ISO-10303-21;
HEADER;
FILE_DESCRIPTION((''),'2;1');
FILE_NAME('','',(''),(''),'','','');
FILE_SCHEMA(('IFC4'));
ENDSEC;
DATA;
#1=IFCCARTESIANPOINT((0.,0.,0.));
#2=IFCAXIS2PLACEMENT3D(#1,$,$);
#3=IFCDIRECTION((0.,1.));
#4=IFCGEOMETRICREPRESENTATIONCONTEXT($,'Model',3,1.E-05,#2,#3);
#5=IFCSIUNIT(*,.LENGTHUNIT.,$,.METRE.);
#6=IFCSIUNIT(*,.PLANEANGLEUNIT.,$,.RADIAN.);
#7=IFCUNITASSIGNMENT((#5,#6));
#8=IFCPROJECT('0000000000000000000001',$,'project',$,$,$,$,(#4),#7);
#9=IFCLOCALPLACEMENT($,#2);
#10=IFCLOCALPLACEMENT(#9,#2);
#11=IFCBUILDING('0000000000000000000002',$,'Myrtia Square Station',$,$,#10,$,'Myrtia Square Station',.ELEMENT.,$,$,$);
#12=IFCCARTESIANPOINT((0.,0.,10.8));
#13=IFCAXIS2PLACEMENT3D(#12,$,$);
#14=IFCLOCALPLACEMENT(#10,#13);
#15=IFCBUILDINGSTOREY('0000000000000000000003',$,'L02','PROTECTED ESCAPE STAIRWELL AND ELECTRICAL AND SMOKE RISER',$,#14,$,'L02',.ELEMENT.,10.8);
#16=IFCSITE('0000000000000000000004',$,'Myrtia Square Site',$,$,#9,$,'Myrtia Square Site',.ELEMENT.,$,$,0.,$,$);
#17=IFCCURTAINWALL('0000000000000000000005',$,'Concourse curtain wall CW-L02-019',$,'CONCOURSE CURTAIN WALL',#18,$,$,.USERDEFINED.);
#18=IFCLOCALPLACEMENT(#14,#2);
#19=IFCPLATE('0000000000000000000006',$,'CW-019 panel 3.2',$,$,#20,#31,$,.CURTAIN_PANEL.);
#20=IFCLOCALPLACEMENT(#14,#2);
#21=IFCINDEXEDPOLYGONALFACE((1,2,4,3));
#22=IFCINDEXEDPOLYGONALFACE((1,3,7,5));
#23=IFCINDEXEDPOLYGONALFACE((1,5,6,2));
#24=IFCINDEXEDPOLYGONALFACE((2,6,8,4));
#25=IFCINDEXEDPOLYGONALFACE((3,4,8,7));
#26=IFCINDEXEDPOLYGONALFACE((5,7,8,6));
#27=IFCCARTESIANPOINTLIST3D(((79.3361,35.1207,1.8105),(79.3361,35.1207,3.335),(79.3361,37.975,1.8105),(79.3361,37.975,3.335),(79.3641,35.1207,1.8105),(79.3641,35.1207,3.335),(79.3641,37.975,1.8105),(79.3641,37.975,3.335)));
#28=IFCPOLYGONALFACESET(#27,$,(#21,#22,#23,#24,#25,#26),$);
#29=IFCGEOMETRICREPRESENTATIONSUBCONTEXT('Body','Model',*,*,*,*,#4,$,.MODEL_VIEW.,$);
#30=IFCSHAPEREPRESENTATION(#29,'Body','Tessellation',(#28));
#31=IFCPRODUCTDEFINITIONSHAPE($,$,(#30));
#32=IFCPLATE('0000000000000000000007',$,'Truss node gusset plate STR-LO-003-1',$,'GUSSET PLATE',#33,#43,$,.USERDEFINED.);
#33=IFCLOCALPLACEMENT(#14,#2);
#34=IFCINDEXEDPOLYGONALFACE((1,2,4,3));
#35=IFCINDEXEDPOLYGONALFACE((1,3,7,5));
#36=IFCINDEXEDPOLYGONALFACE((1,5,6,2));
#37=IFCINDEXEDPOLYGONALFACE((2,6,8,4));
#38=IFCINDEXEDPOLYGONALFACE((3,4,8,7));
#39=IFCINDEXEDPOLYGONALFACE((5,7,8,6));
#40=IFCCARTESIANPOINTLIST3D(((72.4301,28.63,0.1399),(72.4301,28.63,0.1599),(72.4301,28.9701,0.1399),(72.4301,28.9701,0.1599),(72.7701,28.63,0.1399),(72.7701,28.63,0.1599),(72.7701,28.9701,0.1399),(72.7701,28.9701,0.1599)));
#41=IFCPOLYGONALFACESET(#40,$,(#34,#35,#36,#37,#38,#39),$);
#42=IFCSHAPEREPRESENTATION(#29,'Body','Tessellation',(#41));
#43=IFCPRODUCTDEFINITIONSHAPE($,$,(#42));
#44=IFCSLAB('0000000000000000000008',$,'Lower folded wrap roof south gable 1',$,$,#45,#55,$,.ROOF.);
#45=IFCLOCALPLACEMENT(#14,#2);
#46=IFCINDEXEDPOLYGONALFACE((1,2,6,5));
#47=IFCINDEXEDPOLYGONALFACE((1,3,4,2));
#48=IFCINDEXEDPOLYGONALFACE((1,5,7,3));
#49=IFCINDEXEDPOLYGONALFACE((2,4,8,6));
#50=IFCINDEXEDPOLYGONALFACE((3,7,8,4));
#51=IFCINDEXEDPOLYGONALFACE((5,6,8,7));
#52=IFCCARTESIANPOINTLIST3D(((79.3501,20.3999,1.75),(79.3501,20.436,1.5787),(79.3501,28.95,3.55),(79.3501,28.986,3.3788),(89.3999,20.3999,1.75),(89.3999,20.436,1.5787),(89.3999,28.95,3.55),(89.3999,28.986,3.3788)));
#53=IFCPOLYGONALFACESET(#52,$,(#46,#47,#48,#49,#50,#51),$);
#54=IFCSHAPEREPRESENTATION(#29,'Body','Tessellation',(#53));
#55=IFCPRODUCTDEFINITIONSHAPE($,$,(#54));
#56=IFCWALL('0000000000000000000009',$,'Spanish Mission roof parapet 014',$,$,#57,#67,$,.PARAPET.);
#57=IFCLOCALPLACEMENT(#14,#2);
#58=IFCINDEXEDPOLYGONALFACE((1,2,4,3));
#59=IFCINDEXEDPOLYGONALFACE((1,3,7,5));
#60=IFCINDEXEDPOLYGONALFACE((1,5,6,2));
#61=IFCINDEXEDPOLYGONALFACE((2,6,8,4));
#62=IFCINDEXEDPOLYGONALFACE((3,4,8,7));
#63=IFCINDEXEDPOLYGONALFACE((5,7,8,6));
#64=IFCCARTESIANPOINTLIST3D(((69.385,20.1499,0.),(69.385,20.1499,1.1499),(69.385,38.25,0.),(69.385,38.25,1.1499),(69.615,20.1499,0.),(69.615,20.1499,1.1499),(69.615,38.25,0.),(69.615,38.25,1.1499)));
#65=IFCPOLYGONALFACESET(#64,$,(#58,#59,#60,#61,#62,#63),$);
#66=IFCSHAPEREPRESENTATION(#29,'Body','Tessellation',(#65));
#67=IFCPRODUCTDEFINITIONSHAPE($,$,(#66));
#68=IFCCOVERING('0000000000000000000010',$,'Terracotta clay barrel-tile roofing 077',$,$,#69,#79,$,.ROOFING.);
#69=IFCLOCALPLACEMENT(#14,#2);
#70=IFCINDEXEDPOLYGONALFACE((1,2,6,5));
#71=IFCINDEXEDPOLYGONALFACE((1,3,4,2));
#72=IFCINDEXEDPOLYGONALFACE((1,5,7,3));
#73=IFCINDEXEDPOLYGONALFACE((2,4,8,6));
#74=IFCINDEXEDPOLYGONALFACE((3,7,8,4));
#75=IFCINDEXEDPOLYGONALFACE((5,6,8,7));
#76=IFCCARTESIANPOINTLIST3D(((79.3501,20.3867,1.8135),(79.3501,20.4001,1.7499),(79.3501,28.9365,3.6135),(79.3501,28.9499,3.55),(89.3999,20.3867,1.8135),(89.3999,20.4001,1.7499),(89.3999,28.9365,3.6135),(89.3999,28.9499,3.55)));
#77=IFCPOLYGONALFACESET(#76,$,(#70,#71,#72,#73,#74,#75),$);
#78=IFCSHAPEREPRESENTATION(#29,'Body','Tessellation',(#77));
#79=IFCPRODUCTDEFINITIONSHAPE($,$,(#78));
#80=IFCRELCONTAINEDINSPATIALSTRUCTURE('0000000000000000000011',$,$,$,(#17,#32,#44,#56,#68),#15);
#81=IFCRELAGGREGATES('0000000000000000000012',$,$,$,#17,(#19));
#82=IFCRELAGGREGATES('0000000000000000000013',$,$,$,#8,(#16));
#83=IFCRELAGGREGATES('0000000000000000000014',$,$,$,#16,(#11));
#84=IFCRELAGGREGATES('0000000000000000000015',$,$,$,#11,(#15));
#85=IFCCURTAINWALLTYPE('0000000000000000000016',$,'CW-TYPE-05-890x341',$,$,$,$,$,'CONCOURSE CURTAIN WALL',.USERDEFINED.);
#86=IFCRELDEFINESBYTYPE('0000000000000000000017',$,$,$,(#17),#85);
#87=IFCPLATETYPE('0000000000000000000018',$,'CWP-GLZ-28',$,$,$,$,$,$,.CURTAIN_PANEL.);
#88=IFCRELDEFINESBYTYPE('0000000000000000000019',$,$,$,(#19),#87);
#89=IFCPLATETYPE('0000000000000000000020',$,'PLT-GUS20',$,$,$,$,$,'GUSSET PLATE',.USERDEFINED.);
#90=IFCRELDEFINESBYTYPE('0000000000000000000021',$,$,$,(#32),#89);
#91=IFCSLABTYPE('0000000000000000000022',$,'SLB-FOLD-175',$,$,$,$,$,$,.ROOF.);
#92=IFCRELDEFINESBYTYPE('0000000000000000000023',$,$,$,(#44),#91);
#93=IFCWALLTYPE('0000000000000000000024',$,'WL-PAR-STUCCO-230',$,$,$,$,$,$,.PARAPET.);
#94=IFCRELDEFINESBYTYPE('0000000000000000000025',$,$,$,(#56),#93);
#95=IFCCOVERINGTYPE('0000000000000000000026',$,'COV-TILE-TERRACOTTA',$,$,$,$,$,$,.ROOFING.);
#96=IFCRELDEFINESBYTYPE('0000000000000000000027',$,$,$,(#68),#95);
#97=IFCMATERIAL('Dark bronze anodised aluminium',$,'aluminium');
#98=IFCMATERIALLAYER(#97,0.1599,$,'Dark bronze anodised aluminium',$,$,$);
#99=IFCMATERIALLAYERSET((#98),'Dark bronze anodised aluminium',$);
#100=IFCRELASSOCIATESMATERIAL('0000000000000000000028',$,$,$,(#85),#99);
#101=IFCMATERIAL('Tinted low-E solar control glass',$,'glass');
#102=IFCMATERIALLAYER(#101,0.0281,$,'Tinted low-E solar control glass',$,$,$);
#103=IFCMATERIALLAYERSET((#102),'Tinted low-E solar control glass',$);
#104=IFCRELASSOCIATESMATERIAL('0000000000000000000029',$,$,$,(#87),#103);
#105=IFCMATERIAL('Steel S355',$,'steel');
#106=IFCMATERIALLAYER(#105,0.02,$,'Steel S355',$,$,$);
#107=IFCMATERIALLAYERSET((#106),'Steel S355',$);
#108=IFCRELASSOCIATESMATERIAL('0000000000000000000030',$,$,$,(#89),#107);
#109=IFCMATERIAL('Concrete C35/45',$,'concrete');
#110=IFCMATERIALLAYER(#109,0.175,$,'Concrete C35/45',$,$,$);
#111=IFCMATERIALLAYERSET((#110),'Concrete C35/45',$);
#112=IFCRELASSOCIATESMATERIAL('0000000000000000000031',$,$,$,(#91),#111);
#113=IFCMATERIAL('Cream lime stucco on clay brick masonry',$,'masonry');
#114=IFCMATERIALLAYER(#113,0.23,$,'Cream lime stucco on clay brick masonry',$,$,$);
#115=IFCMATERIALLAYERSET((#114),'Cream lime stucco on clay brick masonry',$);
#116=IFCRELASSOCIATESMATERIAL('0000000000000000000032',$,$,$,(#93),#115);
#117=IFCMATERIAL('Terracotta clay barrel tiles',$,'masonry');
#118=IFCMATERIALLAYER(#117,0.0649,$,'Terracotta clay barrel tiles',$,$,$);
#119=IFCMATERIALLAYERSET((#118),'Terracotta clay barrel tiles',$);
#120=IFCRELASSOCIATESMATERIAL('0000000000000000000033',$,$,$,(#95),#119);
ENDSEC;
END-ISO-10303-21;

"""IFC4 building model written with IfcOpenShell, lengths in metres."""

from ifc_helpers import new_model, si_unit, direction, frame, frame_2d, origin, origin_2d, place, context, subcontext, project, spatial, polyline, rectangle, outline, extrude, material, layer, layer_set, type_object, element, aggregate, save


model = new_model("IFC4")

# Units and contexts
model_context = context("Model", 3, precision=1e-05, world=origin(), true_north=direction((0.0, 1.0)))
body_context = subcontext(model_context, "Body", "Model", "MODEL_VIEW")
ifc_project = project(units=[si_unit("LENGTHUNIT", "METRE"), si_unit("PLANEANGLEUNIT", "RADIAN")], contexts=[model_context])

# Site, building, storey
site_placement = place(None, origin())
site = spatial("IfcSite", under=ifc_project, at=site_placement, Name="Myrtia Square Site", LongName="Myrtia Square Site", CompositionType="ELEMENT", RefElevation=0.0)
building_placement = place(site_placement, origin())
building = spatial("IfcBuilding", under=site, at=building_placement, Name="Myrtia Square Station", LongName="Myrtia Square Station", CompositionType="ELEMENT")
storey_placement = place(building_placement, frame((0.0, 0.0, 10.8)))
storey = spatial("IfcBuildingStorey", under=building, at=storey_placement, Name="L02", Description="PROTECTED ESCAPE STAIRWELL AND ELECTRICAL AND SMOKE RISER", LongName="L02", CompositionType="ELEMENT", Elevation=10.8)

# Shared definitions
ifc_material_1 = material(Name="Steel S355", Category="steel")

# Curtain wall
ifc_material_2 = material(Name="Dark bronze anodised aluminium", Category="aluminium")
ifc_layer_1 = layer(ifc_material_2, 0.1599, Name="Dark bronze anodised aluminium")
ifc_layer_set_1 = layer_set([ifc_layer_1], Name="Dark bronze anodised aluminium")
curtain_wall_type = type_object("IfcCurtainWallType", Name="CW-TYPE-05-890x341", ElementType="CONCOURSE CURTAIN WALL", PredefinedType="USERDEFINED", material=ifc_layer_set_1)
curtain_wall_placement = place(storey_placement, origin())
curtain_wall = element("IfcCurtainWall", 1, at=curtain_wall_placement, inside=storey, type_object=curtain_wall_type, Name="Concourse curtain wall CW-L02-019", ObjectType="CONCOURSE CURTAIN WALL", PredefinedType="USERDEFINED")

# Plates
ifc_material_3 = material(Name="Tinted low-E solar control glass", Category="glass")
ifc_layer_2 = layer(ifc_material_3, 0.0281, Name="Tinted low-E solar control glass")
ifc_layer_set_2 = layer_set([ifc_layer_2], Name="Tinted low-E solar control glass")
plate_type_1 = type_object("IfcPlateType", Name="CWP-GLZ-28", PredefinedType="CURTAIN_PANEL", material=ifc_layer_set_2)
plate_1_placement = place(storey_placement, frame((79.3501, 36.5479, 1.8105), z_axis=(0.0, 0.0, 1.0), x_axis=(0.0, 1.0, 0.0)))
plate_1 = element("IfcPlate", 2, at=plate_1_placement, type_object=plate_type_1, Name="CW-019 panel 3.2", PredefinedType="CURTAIN_PANEL", context=body_context, shape_type="SweptSolid", body=[
    extrude(rectangle(XDim=2.8542, YDim=0.0281, at=origin_2d()), origin(), (0.0, 0.0, 1.0), 1.5244),
])
aggregate(curtain_wall, [plate_1])
ifc_layer_3 = layer(ifc_material_1, 0.02, Name="Steel S355")
ifc_layer_set_3 = layer_set([ifc_layer_3], Name="Steel S355")
plate_type_2 = type_object("IfcPlateType", Name="PLT-GUS20", ElementType="GUSSET PLATE", PredefinedType="USERDEFINED", material=ifc_layer_set_3)
plate_2_placement = place(storey_placement, frame((72.6001, 28.8, 0.1399), z_axis=(0.0, 0.0, 1.0), x_axis=(-1.0, 0.0, 0.0)))
element("IfcPlate", 3, at=plate_2_placement, inside=storey, type_object=plate_type_2, Name="Truss node gusset plate STR-LO-003-1", ObjectType="GUSSET PLATE", PredefinedType="USERDEFINED", context=body_context, shape_type="SweptSolid", body=[
    extrude(rectangle(XDim=0.3401, YDim=0.3401, at=origin_2d()), origin(), (0.0, 0.0, 1.0), 0.02),
])

# Slab
ifc_material_4 = material(Name="Concrete C35/45", Category="concrete")
ifc_layer_4 = layer(ifc_material_4, 0.175, Name="Concrete C35/45")
ifc_layer_set_4 = layer_set([ifc_layer_4], Name="Concrete C35/45")
slab_type = type_object("IfcSlabType", Name="SLB-FOLD-175", PredefinedType="ROOF", material=ifc_layer_set_4)
slab_placement = place(storey_placement, frame((79.3501, 20.3999, 1.75), z_axis=(0.0, -0.206015, 0.978549), x_axis=(1.0, 0.0, 0.0)))
element("IfcSlab", 4, at=slab_placement, inside=storey, type_object=slab_type, Name="Lower folded wrap roof south gable 1", PredefinedType="ROOF", context=body_context, shape_type="SweptSolid", body=[
    extrude(outline(polyline([(0.0, 0.0), (10.0498, 0.0), (10.0498, 8.7375), (0.0, 8.7375), (0.0, 0.0)])), origin(), (0.0, 0.0, -1.0), 0.175),
])

# Wall
ifc_material_5 = material(Name="Cream lime stucco on clay brick masonry", Category="masonry")
ifc_layer_5 = layer(ifc_material_5, 0.23, Name="Cream lime stucco on clay brick masonry")
ifc_layer_set_5 = layer_set([ifc_layer_5], Name="Cream lime stucco on clay brick masonry")
wall_type = type_object("IfcWallType", Name="WL-PAR-STUCCO-230", PredefinedType="PARAPET", material=ifc_layer_set_5)
wall_placement = place(storey_placement, frame((69.5, 20.1499, 0.0), z_axis=(0.0, 0.0, 1.0), x_axis=(0.0, 1.0, 0.0)))
element("IfcWall", 5, at=wall_placement, inside=storey, type_object=wall_type, Name="Spanish Mission roof parapet 014", PredefinedType="PARAPET", context=body_context, shape_type="SweptSolid", body=[
    extrude(rectangle(XDim=18.1001, YDim=0.23, at=frame_2d((9.05, 0.0))), origin(), (0.0, 0.0, 1.0), 1.1499),
])

# Covering
ifc_material_6 = material(Name="Terracotta clay barrel tiles", Category="masonry")
ifc_layer_6 = layer(ifc_material_6, 0.0649, Name="Terracotta clay barrel tiles")
ifc_layer_set_6 = layer_set([ifc_layer_6], Name="Terracotta clay barrel tiles")
covering_type = type_object("IfcCoveringType", Name="COV-TILE-TERRACOTTA", PredefinedType="ROOFING", material=ifc_layer_set_6)
covering_placement = place(storey_placement, frame((79.3501, 20.3867, 1.8135), z_axis=(0.0, -0.20602, 0.978548), x_axis=(1.0, 0.0, 0.0)))
element("IfcCovering", 6, at=covering_placement, inside=storey, type_object=covering_type, Name="Terracotta clay barrel-tile roofing 077", PredefinedType="ROOFING", context=body_context, shape_type="SweptSolid", body=[
    extrude(outline(polyline([(0.0, 0.0), (10.0498, 0.0), (10.0498, 8.7372), (0.0, 8.7372), (0.0, 0.0)])), origin(), (0.0, 0.0, -1.0), 0.0649),
])

save(model, "model.ifc")
